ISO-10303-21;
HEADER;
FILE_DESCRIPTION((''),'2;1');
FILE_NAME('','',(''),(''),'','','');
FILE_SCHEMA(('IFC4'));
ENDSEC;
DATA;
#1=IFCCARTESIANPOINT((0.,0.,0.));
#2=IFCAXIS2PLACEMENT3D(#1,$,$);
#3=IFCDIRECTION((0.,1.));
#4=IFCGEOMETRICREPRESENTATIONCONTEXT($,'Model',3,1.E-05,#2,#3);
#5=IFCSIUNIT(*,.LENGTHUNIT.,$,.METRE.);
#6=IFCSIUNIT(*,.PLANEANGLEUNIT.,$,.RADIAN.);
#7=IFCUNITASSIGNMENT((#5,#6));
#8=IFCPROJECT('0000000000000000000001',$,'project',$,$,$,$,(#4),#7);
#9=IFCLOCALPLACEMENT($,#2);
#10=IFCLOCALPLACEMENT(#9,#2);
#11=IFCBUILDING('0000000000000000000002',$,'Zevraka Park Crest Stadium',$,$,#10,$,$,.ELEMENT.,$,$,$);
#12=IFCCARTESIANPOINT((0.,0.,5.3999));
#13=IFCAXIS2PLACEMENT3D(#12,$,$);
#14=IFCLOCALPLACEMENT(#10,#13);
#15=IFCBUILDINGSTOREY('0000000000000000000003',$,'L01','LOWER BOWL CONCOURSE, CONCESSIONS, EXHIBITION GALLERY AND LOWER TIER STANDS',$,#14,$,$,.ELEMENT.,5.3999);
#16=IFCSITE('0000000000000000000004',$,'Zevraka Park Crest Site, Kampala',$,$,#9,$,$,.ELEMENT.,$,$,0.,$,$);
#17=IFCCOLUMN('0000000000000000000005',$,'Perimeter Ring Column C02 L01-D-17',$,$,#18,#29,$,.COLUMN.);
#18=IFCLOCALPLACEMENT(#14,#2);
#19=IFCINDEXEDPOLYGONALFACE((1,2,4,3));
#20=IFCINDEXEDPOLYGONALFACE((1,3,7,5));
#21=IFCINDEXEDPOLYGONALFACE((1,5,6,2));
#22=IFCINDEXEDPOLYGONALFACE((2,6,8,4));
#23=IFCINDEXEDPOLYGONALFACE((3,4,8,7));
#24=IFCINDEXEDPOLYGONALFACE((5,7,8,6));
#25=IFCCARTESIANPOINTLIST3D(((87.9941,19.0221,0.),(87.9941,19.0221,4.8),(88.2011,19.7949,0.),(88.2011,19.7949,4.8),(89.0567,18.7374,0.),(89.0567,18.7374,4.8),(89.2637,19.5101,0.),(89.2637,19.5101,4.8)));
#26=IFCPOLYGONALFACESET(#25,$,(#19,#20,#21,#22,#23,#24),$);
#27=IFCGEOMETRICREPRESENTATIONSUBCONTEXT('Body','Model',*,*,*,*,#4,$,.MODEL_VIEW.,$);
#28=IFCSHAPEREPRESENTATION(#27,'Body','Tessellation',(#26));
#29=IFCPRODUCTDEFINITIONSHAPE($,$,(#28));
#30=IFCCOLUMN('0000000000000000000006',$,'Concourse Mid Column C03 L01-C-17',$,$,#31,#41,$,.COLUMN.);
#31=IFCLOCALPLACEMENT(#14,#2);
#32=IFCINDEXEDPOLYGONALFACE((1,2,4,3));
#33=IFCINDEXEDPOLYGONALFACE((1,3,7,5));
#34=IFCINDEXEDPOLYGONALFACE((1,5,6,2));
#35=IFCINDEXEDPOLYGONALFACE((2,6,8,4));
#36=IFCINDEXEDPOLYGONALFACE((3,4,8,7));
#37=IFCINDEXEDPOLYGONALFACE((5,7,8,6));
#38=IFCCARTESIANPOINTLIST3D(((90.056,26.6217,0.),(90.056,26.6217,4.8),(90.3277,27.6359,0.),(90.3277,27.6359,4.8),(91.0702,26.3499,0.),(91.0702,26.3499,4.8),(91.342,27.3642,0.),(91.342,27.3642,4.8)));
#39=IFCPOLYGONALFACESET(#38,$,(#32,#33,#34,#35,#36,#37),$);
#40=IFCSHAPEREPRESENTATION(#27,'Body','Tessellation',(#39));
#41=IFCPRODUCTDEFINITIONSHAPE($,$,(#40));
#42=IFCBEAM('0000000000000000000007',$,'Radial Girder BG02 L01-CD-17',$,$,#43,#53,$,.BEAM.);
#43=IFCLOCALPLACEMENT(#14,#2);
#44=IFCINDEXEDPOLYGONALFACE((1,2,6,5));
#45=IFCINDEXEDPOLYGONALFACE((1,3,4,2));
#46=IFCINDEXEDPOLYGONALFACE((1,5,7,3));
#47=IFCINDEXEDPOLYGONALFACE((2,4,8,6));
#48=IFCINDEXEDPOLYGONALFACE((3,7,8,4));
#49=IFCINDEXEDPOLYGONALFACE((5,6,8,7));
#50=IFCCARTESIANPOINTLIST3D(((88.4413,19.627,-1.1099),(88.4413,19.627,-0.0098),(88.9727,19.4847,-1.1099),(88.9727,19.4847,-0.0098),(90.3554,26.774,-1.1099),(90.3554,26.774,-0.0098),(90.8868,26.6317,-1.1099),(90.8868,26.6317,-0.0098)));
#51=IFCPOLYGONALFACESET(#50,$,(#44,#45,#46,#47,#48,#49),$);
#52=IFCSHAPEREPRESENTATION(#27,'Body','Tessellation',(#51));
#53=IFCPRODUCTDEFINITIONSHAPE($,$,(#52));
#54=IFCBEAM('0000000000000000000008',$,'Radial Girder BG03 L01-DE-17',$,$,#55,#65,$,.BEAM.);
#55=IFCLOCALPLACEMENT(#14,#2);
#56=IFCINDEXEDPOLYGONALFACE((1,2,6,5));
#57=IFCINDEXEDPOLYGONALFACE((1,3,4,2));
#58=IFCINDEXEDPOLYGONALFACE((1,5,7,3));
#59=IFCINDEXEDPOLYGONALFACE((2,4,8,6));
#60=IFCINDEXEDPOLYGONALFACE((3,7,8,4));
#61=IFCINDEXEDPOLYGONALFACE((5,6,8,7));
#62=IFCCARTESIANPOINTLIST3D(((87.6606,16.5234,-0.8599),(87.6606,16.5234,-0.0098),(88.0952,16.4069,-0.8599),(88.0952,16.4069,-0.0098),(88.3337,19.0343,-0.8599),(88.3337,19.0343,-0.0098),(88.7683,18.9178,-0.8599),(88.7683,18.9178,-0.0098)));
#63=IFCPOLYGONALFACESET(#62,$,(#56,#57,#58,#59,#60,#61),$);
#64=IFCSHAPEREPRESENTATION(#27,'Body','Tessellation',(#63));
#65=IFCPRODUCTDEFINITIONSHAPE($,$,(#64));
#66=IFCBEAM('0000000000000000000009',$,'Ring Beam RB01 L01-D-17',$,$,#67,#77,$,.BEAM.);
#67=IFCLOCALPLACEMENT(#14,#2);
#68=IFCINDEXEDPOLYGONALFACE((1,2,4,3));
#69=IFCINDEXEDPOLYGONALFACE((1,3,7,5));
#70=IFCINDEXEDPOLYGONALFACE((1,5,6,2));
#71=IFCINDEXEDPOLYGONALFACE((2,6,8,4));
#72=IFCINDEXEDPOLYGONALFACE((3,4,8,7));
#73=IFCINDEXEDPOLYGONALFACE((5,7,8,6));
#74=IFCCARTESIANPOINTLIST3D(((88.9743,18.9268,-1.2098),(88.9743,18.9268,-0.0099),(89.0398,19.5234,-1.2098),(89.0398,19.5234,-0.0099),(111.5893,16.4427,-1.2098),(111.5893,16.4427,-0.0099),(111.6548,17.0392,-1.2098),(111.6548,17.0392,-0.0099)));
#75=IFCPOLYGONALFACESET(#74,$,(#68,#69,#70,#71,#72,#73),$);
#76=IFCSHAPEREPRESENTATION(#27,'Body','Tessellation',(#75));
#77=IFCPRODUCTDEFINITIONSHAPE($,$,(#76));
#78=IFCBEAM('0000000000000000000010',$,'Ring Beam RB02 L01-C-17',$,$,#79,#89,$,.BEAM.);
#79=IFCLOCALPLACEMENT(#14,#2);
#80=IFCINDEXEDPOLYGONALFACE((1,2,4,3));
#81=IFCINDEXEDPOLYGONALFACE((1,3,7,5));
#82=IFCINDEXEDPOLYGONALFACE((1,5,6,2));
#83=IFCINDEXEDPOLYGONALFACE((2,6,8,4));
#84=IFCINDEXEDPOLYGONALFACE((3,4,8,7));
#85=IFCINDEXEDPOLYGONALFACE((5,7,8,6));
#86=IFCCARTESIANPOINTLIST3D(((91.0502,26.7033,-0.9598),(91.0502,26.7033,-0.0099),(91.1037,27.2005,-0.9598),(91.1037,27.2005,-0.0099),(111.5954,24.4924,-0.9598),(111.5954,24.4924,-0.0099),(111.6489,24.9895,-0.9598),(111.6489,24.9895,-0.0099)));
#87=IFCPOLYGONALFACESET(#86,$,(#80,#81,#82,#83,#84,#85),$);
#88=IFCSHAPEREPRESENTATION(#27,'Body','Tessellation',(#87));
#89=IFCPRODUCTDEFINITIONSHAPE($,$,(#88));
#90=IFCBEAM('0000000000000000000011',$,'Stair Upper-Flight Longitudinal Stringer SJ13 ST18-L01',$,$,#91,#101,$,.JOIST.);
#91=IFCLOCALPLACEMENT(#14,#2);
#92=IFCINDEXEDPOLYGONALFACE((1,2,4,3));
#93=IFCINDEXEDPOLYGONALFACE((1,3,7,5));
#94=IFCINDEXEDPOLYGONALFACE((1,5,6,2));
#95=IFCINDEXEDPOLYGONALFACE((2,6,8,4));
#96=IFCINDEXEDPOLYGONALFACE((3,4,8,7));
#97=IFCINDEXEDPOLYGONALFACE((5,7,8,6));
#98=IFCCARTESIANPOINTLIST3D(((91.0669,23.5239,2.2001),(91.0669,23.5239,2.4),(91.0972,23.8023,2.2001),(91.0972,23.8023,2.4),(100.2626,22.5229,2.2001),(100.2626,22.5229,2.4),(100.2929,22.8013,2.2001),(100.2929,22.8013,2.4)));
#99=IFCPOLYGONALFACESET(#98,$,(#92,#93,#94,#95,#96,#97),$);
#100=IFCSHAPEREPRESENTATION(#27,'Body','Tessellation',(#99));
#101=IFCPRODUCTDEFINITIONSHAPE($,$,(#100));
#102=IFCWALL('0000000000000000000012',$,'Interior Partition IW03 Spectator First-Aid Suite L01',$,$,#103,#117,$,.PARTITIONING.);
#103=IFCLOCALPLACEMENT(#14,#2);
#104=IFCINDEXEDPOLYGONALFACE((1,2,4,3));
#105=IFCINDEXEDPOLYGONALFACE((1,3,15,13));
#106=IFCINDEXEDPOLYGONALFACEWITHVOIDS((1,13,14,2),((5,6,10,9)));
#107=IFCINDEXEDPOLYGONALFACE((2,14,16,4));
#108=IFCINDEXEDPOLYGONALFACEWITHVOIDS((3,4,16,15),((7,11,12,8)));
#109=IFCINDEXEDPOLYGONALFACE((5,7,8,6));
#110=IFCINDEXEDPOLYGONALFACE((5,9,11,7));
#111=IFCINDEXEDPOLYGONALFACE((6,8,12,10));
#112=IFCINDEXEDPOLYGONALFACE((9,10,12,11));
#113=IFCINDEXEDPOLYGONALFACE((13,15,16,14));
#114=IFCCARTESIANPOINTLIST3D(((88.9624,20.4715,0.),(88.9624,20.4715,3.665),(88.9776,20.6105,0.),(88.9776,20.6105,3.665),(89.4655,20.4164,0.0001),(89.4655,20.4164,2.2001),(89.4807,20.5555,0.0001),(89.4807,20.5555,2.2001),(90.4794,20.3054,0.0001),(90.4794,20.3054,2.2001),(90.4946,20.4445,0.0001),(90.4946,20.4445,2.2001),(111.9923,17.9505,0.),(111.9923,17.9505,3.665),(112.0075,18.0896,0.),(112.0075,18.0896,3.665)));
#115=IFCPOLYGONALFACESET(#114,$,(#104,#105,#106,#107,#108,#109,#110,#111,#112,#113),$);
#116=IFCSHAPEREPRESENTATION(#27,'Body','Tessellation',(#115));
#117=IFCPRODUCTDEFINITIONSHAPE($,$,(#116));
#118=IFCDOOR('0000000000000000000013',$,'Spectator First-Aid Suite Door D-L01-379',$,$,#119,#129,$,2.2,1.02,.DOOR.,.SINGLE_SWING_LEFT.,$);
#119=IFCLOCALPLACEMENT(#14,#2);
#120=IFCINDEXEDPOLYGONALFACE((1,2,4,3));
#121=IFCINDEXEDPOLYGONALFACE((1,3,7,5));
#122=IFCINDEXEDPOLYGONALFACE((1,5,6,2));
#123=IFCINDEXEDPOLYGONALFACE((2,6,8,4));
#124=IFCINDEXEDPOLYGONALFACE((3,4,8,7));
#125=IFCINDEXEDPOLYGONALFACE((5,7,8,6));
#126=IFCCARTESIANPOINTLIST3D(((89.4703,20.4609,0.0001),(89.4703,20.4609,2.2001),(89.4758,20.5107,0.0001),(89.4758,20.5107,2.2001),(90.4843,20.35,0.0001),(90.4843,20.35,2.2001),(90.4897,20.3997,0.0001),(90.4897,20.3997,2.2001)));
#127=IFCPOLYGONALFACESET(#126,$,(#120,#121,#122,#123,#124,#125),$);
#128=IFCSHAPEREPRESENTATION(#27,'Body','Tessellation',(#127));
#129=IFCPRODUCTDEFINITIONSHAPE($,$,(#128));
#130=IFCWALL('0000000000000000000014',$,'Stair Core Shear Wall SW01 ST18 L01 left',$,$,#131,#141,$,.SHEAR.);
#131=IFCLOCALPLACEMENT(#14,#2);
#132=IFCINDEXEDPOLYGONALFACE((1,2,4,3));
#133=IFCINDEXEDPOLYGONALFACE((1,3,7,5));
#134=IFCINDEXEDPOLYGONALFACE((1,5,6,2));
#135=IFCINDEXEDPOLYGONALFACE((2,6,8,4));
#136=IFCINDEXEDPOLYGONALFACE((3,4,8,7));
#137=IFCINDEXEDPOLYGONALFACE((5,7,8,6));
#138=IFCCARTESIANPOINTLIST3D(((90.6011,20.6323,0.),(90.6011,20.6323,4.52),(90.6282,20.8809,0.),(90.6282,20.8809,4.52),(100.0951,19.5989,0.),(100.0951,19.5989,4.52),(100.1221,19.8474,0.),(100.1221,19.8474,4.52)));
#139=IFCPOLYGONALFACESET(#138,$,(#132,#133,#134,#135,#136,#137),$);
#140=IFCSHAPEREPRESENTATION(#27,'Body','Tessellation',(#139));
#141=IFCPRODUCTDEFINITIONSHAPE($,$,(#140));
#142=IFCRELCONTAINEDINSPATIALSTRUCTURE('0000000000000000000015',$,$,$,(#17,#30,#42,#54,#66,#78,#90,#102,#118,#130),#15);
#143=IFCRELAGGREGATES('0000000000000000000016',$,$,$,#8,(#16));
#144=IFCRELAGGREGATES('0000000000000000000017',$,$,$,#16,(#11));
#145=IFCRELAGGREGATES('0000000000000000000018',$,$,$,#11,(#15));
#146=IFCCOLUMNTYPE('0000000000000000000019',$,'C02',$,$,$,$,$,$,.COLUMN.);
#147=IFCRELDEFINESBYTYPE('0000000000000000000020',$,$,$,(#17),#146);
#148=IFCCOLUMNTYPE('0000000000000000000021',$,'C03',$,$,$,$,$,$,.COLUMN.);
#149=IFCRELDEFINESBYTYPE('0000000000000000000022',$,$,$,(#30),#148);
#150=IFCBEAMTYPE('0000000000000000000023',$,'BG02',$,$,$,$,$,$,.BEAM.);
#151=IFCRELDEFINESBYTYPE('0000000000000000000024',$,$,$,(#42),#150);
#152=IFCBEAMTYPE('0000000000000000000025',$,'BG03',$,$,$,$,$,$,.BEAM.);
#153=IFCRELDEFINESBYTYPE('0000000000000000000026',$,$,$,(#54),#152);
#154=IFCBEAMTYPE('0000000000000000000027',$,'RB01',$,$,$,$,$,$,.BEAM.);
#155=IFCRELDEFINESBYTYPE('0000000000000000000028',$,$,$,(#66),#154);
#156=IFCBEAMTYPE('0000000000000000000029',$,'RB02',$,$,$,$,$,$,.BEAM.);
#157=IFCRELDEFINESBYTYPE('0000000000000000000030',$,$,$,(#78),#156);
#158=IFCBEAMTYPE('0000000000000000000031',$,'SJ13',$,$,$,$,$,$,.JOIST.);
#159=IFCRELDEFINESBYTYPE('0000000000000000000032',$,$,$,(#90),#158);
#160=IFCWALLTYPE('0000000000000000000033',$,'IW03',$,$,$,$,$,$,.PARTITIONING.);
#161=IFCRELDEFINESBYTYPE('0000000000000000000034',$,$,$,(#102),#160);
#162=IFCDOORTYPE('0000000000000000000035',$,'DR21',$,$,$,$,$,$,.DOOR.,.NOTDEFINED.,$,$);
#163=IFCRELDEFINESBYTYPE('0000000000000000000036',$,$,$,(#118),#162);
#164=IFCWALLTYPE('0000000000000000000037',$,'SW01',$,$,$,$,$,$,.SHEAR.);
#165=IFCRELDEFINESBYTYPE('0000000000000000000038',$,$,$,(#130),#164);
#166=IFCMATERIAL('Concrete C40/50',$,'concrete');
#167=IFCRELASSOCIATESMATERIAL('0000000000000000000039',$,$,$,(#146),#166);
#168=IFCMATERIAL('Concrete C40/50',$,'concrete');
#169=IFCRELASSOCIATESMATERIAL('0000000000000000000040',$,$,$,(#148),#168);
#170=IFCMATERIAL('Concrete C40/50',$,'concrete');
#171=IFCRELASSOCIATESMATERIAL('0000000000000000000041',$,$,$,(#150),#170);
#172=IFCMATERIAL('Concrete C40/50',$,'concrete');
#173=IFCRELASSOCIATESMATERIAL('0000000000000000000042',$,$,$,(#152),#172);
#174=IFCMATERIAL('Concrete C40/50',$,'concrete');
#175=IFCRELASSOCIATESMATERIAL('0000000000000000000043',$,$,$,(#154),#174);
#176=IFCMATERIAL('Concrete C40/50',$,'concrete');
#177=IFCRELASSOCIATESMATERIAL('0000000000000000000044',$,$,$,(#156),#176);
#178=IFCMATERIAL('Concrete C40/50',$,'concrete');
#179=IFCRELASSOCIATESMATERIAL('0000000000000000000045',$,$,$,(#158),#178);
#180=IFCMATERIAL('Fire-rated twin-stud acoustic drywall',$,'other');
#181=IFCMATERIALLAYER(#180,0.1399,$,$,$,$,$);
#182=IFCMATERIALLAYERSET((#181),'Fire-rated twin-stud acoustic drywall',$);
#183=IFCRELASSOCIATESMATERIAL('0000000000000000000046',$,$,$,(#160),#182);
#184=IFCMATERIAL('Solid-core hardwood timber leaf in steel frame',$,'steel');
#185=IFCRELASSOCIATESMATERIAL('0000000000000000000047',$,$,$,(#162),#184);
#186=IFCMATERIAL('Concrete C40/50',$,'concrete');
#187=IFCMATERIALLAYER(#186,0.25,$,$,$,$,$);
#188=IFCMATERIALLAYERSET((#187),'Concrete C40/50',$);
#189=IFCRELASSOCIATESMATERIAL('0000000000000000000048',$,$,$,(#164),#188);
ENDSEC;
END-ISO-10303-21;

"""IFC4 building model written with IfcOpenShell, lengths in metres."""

from ifc_helpers import new_model, si_unit, direction, frame, frame_2d, origin, origin_2d, place, context, subcontext, project, spatial, rectangle, extrude, material, layer, layer_set, material_profile, profile_set, type_object, element, fill, save


model = new_model("IFC4")

# Units and contexts
model_context = context("Model", 3, precision=1e-05, world=origin(), true_north=direction((0.0, 1.0)))
body_context = subcontext(model_context, "Body", "Model", "MODEL_VIEW")
ifc_project = project(units=[si_unit("LENGTHUNIT", "METRE"), si_unit("PLANEANGLEUNIT", "RADIAN")], contexts=[model_context])

# Site, building, storey
site_placement = place(None, origin())
site = spatial("IfcSite", under=ifc_project, at=site_placement, Name="Zevraka Park Crest Site, Kampala", CompositionType="ELEMENT", RefElevation=0.0)
building_placement = place(site_placement, origin())
building = spatial("IfcBuilding", under=site, at=building_placement, Name="Zevraka Park Crest Stadium", CompositionType="ELEMENT")
storey_placement = place(building_placement, frame((0.0, 0.0, 5.3999)))
storey = spatial("IfcBuildingStorey", under=building, at=storey_placement, Name="L01", Description="LOWER BOWL CONCOURSE, CONCESSIONS, EXHIBITION GALLERY AND LOWER TIER STANDS", CompositionType="ELEMENT", Elevation=5.3999)

# Columns
ifc_material_1 = material(Name="Concrete C40/50", Category="concrete")
ifc_material_profile_1 = material_profile(ifc_material_1, rectangle(XDim=0.8, YDim=1.1001, at=origin_2d()), Name="RC 1100x800")
ifc_profile_set_1 = profile_set([ifc_material_profile_1], Name="Concrete C40/50")
column_type_1 = type_object("IfcColumnType", Name="C02", PredefinedType="COLUMN", material=ifc_profile_set_1)
column_1_placement = place(storey_placement, frame((88.6289, 19.2661, 0.0), z_axis=(0.0, 0.0, 1.0), x_axis=(0.258819, 0.965926, 0.0)))
element("IfcColumn", 1, at=column_1_placement, inside=storey, type_object=column_type_1, Name="Perimeter Ring Column C02 L01-D-17", PredefinedType="COLUMN", context=body_context, shape_type="SweptSolid", body=[
    extrude(rectangle(XDim=0.8, YDim=1.1001, at=origin_2d()), origin(), (0.0, 0.0, 1.0), 4.8),
])
ifc_material_2 = material(Name="Concrete C40/50", Category="concrete")
ifc_material_profile_2 = material_profile(ifc_material_2, rectangle(XDim=1.05, YDim=1.05, at=origin_2d()), Name="RC 1050x1050")
ifc_profile_set_2 = profile_set([ifc_material_profile_2], Name="Concrete C40/50")
column_type_2 = type_object("IfcColumnType", Name="C03", PredefinedType="COLUMN", material=ifc_profile_set_2)
column_2_placement = place(storey_placement, frame((90.699, 26.9929, 0.0), z_axis=(0.0, 0.0, 1.0), x_axis=(0.258819, 0.965926, 0.0)))
element("IfcColumn", 2, at=column_2_placement, inside=storey, type_object=column_type_2, Name="Concourse Mid Column C03 L01-C-17", PredefinedType="COLUMN", context=body_context, shape_type="SweptSolid", body=[
    extrude(rectangle(XDim=1.05, YDim=1.05, at=origin_2d()), origin(), (0.0, 0.0, 1.0), 4.8),
])

# Beams
ifc_material_3 = material(Name="Concrete C40/50", Category="concrete")
ifc_material_profile_3 = material_profile(ifc_material_3, rectangle(XDim=0.55, YDim=1.1001, at=origin_2d()), Name="RC 1100x550")
ifc_profile_set_3 = profile_set([ifc_material_profile_3], Name="Concrete C40/50")
beam_type_1 = type_object("IfcBeamType", Name="BG02", PredefinedType="BEAM", material=ifc_profile_set_3)
beam_1_placement = place(storey_placement, frame((90.6211, 26.7029, -0.5598), z_axis=(-0.258698, -0.965958, 0.0), x_axis=(0.965958, -0.258698, 0.0)))
element("IfcBeam", 3, at=beam_1_placement, inside=storey, type_object=beam_type_1, Name="Radial Girder BG02 L01-CD-17", PredefinedType="BEAM", context=body_context, shape_type="SweptSolid", body=[
    extrude(rectangle(XDim=0.55, YDim=1.1001, at=origin_2d()), origin(), (0.0, 0.0, 1.0), 7.3989),
])
ifc_material_4 = material(Name="Concrete C40/50", Category="concrete")
ifc_material_profile_4 = material_profile(ifc_material_4, rectangle(XDim=0.45, YDim=0.8501, at=origin_2d()), Name="RC 850x450")
ifc_profile_set_4 = profile_set([ifc_material_profile_4], Name="Concrete C40/50")
beam_type_2 = type_object("IfcBeamType", Name="BG03", PredefinedType="BEAM", material=ifc_profile_set_4)
beam_2_placement = place(storey_placement, frame((88.551, 18.9761, -0.4348), z_axis=(-0.258919, -0.965899, 0.0), x_axis=(0.965899, -0.258919, 0.0)))
element("IfcBeam", 4, at=beam_2_placement, inside=storey, type_object=beam_type_2, Name="Radial Girder BG03 L01-DE-17", PredefinedType="BEAM", context=body_context, shape_type="SweptSolid", body=[
    extrude(rectangle(XDim=0.45, YDim=0.8501, at=origin_2d()), origin(), (0.0, 0.0, 1.0), 2.5996),
])
ifc_material_5 = material(Name="Concrete C40/50", Category="concrete")
ifc_material_profile_5 = material_profile(ifc_material_5, rectangle(XDim=0.6001, YDim=1.2, at=origin_2d()), Name="RC 1200x600")
ifc_profile_set_5 = profile_set([ifc_material_profile_5], Name="Concrete C40/50")
beam_type_3 = type_object("IfcBeamType", Name="RB01", PredefinedType="BEAM", material=ifc_profile_set_5)
beam_3_placement = place(storey_placement, frame((89.0071, 19.2251, -0.6099), z_axis=(0.994021, -0.109188, 0.0), x_axis=(0.109188, 0.994021, 0.0)))
element("IfcBeam", 5, at=beam_3_placement, inside=storey, type_object=beam_type_3, Name="Ring Beam RB01 L01-D-17", PredefinedType="BEAM", context=body_context, shape_type="SweptSolid", body=[
    extrude(rectangle(XDim=0.6001, YDim=1.2, at=origin_2d()), origin(), (0.0, 0.0, 1.0), 22.751),
])
ifc_material_6 = material(Name="Concrete C40/50", Category="concrete")
ifc_material_profile_6 = material_profile(ifc_material_6, rectangle(XDim=0.5, YDim=0.95, at=origin_2d()), Name="RC 950x500")
ifc_profile_set_6 = profile_set([ifc_material_profile_6], Name="Concrete C40/50")
beam_type_4 = type_object("IfcBeamType", Name="RB02", PredefinedType="BEAM", material=ifc_profile_set_6)
beam_4_placement = place(storey_placement, frame((91.0769, 26.9519, -0.4849), z_axis=(0.994259, -0.106996, 0.0), x_axis=(0.106996, 0.994259, 0.0)))
element("IfcBeam", 6, at=beam_4_placement, inside=storey, type_object=beam_type_4, Name="Ring Beam RB02 L01-C-17", PredefinedType="BEAM", context=body_context, shape_type="SweptSolid", body=[
    extrude(rectangle(XDim=0.5, YDim=0.95, at=origin_2d()), origin(), (0.0, 0.0, 1.0), 20.6638),
])
ifc_material_7 = material(Name="Concrete C40/50", Category="concrete")
ifc_material_profile_7 = material_profile(ifc_material_7, rectangle(XDim=0.28, YDim=0.2, at=origin_2d()), Name="RC 200x280")
ifc_profile_set_7 = profile_set([ifc_material_profile_7], Name="Concrete C40/50")
beam_type_5 = type_object("IfcBeamType", Name="SJ13", PredefinedType="JOIST", material=ifc_profile_set_7)
beam_5_placement = place(storey_placement, frame((91.082, 23.6631, 2.3), z_axis=(0.994128, -0.108212, 0.0), x_axis=(0.108212, 0.994128, 0.0)))
element("IfcBeam", 7, at=beam_5_placement, inside=storey, type_object=beam_type_5, Name="Stair Upper-Flight Longitudinal Stringer SJ13 ST18-L01", PredefinedType="JOIST", context=body_context, shape_type="SweptSolid", body=[
    extrude(rectangle(XDim=0.28, YDim=0.2, at=origin_2d()), origin(), (0.0, 0.0, 1.0), 9.25),
])

# Wall, opening, door
ifc_material_8 = material(Name="Fire-rated twin-stud acoustic drywall", Category="other")
ifc_layer_1 = layer(ifc_material_8, 0.1399)
ifc_layer_set_1 = layer_set([ifc_layer_1], Name="Fire-rated twin-stud acoustic drywall")
wall_type_1 = type_object("IfcWallType", Name="IW03", PredefinedType="PARTITIONING", material=ifc_layer_set_1)
wall_1_placement = place(storey_placement, frame((88.97, 20.541, 0.0), z_axis=(0.0, 0.0, 1.0), x_axis=(0.994062, -0.108816, 0.0)))
wall_1 = element("IfcWall", 8, at=wall_1_placement, inside=storey, type_object=wall_type_1, Name="Interior Partition IW03 Spectator First-Aid Suite L01", PredefinedType="PARTITIONING", context=body_context, shape_type="SweptSolid", body=[
    extrude(rectangle(XDim=23.1675, YDim=0.1399, at=frame_2d((11.5837, 0.0))), origin(), (0.0, 0.0, 1.0), 3.665),
])
opening_1_placement = place(wall_1_placement, frame((0.5061, 0.0, 0.0)))
opening_1 = element("IfcOpeningElement", 9, at=opening_1_placement, cuts=wall_1, PredefinedType="OPENING", context=body_context, shape_type="SweptSolid", body=[
    extrude(rectangle(XDim=1.02, YDim=2.2, at=frame_2d((0.51, 1.1001))), frame((0.0, 0.0798, 0.0), z_axis=(0.0, -1.0, 0.0), x_axis=(1.0, 0.0, 0.0)), (0.0, 0.0, 1.0), 0.1599),
])
ifc_material_9 = material(Name="Solid-core hardwood timber leaf in steel frame", Category="steel")
door_type_1 = type_object("IfcDoorType", Name="DR21", OperationType="NOTDEFINED", PredefinedType="DOOR", material=ifc_material_9)
door_1_placement = place(opening_1_placement, origin())
door_1 = element("IfcDoor", 10, at=door_1_placement, inside=storey, type_object=door_type_1, Name="Spectator First-Aid Suite Door D-L01-379", OperationType="SINGLE_SWING_LEFT", OverallHeight=2.2, OverallWidth=1.02, PredefinedType="DOOR", context=body_context, shape_type="SweptSolid", body=[
    extrude(rectangle(XDim=1.02, YDim=2.2, at=frame_2d((0.51, 1.1001))), frame((0.0, 0.0249, 0.0), z_axis=(0.0, -1.0, 0.0), x_axis=(1.0, 0.0, 0.0)), (0.0, 0.0, 1.0), 0.05),
])
fill(opening_1, door_1)

# Wall
ifc_material_10 = material(Name="Concrete C40/50", Category="concrete")
ifc_layer_2 = layer(ifc_material_10, 0.25)
ifc_layer_set_2 = layer_set([ifc_layer_2], Name="Concrete C40/50")
wall_type_2 = type_object("IfcWallType", Name="SW01", PredefinedType="SHEAR", material=ifc_layer_set_2)
wall_2_placement = place(storey_placement, frame((90.6147, 20.7566, 0.0), z_axis=(0.0, 0.0, 1.0), x_axis=(0.994128, -0.108215, 0.0)))
element("IfcWall", 11, at=wall_2_placement, inside=storey, type_object=wall_type_2, Name="Stair Core Shear Wall SW01 ST18 L01 left", PredefinedType="SHEAR", context=body_context, shape_type="SweptSolid", body=[
    extrude(rectangle(XDim=9.55, YDim=0.25, at=frame_2d((4.7749, 0.0))), origin(), (0.0, 0.0, 1.0), 4.52),
])

save(model, "model.ifc")
